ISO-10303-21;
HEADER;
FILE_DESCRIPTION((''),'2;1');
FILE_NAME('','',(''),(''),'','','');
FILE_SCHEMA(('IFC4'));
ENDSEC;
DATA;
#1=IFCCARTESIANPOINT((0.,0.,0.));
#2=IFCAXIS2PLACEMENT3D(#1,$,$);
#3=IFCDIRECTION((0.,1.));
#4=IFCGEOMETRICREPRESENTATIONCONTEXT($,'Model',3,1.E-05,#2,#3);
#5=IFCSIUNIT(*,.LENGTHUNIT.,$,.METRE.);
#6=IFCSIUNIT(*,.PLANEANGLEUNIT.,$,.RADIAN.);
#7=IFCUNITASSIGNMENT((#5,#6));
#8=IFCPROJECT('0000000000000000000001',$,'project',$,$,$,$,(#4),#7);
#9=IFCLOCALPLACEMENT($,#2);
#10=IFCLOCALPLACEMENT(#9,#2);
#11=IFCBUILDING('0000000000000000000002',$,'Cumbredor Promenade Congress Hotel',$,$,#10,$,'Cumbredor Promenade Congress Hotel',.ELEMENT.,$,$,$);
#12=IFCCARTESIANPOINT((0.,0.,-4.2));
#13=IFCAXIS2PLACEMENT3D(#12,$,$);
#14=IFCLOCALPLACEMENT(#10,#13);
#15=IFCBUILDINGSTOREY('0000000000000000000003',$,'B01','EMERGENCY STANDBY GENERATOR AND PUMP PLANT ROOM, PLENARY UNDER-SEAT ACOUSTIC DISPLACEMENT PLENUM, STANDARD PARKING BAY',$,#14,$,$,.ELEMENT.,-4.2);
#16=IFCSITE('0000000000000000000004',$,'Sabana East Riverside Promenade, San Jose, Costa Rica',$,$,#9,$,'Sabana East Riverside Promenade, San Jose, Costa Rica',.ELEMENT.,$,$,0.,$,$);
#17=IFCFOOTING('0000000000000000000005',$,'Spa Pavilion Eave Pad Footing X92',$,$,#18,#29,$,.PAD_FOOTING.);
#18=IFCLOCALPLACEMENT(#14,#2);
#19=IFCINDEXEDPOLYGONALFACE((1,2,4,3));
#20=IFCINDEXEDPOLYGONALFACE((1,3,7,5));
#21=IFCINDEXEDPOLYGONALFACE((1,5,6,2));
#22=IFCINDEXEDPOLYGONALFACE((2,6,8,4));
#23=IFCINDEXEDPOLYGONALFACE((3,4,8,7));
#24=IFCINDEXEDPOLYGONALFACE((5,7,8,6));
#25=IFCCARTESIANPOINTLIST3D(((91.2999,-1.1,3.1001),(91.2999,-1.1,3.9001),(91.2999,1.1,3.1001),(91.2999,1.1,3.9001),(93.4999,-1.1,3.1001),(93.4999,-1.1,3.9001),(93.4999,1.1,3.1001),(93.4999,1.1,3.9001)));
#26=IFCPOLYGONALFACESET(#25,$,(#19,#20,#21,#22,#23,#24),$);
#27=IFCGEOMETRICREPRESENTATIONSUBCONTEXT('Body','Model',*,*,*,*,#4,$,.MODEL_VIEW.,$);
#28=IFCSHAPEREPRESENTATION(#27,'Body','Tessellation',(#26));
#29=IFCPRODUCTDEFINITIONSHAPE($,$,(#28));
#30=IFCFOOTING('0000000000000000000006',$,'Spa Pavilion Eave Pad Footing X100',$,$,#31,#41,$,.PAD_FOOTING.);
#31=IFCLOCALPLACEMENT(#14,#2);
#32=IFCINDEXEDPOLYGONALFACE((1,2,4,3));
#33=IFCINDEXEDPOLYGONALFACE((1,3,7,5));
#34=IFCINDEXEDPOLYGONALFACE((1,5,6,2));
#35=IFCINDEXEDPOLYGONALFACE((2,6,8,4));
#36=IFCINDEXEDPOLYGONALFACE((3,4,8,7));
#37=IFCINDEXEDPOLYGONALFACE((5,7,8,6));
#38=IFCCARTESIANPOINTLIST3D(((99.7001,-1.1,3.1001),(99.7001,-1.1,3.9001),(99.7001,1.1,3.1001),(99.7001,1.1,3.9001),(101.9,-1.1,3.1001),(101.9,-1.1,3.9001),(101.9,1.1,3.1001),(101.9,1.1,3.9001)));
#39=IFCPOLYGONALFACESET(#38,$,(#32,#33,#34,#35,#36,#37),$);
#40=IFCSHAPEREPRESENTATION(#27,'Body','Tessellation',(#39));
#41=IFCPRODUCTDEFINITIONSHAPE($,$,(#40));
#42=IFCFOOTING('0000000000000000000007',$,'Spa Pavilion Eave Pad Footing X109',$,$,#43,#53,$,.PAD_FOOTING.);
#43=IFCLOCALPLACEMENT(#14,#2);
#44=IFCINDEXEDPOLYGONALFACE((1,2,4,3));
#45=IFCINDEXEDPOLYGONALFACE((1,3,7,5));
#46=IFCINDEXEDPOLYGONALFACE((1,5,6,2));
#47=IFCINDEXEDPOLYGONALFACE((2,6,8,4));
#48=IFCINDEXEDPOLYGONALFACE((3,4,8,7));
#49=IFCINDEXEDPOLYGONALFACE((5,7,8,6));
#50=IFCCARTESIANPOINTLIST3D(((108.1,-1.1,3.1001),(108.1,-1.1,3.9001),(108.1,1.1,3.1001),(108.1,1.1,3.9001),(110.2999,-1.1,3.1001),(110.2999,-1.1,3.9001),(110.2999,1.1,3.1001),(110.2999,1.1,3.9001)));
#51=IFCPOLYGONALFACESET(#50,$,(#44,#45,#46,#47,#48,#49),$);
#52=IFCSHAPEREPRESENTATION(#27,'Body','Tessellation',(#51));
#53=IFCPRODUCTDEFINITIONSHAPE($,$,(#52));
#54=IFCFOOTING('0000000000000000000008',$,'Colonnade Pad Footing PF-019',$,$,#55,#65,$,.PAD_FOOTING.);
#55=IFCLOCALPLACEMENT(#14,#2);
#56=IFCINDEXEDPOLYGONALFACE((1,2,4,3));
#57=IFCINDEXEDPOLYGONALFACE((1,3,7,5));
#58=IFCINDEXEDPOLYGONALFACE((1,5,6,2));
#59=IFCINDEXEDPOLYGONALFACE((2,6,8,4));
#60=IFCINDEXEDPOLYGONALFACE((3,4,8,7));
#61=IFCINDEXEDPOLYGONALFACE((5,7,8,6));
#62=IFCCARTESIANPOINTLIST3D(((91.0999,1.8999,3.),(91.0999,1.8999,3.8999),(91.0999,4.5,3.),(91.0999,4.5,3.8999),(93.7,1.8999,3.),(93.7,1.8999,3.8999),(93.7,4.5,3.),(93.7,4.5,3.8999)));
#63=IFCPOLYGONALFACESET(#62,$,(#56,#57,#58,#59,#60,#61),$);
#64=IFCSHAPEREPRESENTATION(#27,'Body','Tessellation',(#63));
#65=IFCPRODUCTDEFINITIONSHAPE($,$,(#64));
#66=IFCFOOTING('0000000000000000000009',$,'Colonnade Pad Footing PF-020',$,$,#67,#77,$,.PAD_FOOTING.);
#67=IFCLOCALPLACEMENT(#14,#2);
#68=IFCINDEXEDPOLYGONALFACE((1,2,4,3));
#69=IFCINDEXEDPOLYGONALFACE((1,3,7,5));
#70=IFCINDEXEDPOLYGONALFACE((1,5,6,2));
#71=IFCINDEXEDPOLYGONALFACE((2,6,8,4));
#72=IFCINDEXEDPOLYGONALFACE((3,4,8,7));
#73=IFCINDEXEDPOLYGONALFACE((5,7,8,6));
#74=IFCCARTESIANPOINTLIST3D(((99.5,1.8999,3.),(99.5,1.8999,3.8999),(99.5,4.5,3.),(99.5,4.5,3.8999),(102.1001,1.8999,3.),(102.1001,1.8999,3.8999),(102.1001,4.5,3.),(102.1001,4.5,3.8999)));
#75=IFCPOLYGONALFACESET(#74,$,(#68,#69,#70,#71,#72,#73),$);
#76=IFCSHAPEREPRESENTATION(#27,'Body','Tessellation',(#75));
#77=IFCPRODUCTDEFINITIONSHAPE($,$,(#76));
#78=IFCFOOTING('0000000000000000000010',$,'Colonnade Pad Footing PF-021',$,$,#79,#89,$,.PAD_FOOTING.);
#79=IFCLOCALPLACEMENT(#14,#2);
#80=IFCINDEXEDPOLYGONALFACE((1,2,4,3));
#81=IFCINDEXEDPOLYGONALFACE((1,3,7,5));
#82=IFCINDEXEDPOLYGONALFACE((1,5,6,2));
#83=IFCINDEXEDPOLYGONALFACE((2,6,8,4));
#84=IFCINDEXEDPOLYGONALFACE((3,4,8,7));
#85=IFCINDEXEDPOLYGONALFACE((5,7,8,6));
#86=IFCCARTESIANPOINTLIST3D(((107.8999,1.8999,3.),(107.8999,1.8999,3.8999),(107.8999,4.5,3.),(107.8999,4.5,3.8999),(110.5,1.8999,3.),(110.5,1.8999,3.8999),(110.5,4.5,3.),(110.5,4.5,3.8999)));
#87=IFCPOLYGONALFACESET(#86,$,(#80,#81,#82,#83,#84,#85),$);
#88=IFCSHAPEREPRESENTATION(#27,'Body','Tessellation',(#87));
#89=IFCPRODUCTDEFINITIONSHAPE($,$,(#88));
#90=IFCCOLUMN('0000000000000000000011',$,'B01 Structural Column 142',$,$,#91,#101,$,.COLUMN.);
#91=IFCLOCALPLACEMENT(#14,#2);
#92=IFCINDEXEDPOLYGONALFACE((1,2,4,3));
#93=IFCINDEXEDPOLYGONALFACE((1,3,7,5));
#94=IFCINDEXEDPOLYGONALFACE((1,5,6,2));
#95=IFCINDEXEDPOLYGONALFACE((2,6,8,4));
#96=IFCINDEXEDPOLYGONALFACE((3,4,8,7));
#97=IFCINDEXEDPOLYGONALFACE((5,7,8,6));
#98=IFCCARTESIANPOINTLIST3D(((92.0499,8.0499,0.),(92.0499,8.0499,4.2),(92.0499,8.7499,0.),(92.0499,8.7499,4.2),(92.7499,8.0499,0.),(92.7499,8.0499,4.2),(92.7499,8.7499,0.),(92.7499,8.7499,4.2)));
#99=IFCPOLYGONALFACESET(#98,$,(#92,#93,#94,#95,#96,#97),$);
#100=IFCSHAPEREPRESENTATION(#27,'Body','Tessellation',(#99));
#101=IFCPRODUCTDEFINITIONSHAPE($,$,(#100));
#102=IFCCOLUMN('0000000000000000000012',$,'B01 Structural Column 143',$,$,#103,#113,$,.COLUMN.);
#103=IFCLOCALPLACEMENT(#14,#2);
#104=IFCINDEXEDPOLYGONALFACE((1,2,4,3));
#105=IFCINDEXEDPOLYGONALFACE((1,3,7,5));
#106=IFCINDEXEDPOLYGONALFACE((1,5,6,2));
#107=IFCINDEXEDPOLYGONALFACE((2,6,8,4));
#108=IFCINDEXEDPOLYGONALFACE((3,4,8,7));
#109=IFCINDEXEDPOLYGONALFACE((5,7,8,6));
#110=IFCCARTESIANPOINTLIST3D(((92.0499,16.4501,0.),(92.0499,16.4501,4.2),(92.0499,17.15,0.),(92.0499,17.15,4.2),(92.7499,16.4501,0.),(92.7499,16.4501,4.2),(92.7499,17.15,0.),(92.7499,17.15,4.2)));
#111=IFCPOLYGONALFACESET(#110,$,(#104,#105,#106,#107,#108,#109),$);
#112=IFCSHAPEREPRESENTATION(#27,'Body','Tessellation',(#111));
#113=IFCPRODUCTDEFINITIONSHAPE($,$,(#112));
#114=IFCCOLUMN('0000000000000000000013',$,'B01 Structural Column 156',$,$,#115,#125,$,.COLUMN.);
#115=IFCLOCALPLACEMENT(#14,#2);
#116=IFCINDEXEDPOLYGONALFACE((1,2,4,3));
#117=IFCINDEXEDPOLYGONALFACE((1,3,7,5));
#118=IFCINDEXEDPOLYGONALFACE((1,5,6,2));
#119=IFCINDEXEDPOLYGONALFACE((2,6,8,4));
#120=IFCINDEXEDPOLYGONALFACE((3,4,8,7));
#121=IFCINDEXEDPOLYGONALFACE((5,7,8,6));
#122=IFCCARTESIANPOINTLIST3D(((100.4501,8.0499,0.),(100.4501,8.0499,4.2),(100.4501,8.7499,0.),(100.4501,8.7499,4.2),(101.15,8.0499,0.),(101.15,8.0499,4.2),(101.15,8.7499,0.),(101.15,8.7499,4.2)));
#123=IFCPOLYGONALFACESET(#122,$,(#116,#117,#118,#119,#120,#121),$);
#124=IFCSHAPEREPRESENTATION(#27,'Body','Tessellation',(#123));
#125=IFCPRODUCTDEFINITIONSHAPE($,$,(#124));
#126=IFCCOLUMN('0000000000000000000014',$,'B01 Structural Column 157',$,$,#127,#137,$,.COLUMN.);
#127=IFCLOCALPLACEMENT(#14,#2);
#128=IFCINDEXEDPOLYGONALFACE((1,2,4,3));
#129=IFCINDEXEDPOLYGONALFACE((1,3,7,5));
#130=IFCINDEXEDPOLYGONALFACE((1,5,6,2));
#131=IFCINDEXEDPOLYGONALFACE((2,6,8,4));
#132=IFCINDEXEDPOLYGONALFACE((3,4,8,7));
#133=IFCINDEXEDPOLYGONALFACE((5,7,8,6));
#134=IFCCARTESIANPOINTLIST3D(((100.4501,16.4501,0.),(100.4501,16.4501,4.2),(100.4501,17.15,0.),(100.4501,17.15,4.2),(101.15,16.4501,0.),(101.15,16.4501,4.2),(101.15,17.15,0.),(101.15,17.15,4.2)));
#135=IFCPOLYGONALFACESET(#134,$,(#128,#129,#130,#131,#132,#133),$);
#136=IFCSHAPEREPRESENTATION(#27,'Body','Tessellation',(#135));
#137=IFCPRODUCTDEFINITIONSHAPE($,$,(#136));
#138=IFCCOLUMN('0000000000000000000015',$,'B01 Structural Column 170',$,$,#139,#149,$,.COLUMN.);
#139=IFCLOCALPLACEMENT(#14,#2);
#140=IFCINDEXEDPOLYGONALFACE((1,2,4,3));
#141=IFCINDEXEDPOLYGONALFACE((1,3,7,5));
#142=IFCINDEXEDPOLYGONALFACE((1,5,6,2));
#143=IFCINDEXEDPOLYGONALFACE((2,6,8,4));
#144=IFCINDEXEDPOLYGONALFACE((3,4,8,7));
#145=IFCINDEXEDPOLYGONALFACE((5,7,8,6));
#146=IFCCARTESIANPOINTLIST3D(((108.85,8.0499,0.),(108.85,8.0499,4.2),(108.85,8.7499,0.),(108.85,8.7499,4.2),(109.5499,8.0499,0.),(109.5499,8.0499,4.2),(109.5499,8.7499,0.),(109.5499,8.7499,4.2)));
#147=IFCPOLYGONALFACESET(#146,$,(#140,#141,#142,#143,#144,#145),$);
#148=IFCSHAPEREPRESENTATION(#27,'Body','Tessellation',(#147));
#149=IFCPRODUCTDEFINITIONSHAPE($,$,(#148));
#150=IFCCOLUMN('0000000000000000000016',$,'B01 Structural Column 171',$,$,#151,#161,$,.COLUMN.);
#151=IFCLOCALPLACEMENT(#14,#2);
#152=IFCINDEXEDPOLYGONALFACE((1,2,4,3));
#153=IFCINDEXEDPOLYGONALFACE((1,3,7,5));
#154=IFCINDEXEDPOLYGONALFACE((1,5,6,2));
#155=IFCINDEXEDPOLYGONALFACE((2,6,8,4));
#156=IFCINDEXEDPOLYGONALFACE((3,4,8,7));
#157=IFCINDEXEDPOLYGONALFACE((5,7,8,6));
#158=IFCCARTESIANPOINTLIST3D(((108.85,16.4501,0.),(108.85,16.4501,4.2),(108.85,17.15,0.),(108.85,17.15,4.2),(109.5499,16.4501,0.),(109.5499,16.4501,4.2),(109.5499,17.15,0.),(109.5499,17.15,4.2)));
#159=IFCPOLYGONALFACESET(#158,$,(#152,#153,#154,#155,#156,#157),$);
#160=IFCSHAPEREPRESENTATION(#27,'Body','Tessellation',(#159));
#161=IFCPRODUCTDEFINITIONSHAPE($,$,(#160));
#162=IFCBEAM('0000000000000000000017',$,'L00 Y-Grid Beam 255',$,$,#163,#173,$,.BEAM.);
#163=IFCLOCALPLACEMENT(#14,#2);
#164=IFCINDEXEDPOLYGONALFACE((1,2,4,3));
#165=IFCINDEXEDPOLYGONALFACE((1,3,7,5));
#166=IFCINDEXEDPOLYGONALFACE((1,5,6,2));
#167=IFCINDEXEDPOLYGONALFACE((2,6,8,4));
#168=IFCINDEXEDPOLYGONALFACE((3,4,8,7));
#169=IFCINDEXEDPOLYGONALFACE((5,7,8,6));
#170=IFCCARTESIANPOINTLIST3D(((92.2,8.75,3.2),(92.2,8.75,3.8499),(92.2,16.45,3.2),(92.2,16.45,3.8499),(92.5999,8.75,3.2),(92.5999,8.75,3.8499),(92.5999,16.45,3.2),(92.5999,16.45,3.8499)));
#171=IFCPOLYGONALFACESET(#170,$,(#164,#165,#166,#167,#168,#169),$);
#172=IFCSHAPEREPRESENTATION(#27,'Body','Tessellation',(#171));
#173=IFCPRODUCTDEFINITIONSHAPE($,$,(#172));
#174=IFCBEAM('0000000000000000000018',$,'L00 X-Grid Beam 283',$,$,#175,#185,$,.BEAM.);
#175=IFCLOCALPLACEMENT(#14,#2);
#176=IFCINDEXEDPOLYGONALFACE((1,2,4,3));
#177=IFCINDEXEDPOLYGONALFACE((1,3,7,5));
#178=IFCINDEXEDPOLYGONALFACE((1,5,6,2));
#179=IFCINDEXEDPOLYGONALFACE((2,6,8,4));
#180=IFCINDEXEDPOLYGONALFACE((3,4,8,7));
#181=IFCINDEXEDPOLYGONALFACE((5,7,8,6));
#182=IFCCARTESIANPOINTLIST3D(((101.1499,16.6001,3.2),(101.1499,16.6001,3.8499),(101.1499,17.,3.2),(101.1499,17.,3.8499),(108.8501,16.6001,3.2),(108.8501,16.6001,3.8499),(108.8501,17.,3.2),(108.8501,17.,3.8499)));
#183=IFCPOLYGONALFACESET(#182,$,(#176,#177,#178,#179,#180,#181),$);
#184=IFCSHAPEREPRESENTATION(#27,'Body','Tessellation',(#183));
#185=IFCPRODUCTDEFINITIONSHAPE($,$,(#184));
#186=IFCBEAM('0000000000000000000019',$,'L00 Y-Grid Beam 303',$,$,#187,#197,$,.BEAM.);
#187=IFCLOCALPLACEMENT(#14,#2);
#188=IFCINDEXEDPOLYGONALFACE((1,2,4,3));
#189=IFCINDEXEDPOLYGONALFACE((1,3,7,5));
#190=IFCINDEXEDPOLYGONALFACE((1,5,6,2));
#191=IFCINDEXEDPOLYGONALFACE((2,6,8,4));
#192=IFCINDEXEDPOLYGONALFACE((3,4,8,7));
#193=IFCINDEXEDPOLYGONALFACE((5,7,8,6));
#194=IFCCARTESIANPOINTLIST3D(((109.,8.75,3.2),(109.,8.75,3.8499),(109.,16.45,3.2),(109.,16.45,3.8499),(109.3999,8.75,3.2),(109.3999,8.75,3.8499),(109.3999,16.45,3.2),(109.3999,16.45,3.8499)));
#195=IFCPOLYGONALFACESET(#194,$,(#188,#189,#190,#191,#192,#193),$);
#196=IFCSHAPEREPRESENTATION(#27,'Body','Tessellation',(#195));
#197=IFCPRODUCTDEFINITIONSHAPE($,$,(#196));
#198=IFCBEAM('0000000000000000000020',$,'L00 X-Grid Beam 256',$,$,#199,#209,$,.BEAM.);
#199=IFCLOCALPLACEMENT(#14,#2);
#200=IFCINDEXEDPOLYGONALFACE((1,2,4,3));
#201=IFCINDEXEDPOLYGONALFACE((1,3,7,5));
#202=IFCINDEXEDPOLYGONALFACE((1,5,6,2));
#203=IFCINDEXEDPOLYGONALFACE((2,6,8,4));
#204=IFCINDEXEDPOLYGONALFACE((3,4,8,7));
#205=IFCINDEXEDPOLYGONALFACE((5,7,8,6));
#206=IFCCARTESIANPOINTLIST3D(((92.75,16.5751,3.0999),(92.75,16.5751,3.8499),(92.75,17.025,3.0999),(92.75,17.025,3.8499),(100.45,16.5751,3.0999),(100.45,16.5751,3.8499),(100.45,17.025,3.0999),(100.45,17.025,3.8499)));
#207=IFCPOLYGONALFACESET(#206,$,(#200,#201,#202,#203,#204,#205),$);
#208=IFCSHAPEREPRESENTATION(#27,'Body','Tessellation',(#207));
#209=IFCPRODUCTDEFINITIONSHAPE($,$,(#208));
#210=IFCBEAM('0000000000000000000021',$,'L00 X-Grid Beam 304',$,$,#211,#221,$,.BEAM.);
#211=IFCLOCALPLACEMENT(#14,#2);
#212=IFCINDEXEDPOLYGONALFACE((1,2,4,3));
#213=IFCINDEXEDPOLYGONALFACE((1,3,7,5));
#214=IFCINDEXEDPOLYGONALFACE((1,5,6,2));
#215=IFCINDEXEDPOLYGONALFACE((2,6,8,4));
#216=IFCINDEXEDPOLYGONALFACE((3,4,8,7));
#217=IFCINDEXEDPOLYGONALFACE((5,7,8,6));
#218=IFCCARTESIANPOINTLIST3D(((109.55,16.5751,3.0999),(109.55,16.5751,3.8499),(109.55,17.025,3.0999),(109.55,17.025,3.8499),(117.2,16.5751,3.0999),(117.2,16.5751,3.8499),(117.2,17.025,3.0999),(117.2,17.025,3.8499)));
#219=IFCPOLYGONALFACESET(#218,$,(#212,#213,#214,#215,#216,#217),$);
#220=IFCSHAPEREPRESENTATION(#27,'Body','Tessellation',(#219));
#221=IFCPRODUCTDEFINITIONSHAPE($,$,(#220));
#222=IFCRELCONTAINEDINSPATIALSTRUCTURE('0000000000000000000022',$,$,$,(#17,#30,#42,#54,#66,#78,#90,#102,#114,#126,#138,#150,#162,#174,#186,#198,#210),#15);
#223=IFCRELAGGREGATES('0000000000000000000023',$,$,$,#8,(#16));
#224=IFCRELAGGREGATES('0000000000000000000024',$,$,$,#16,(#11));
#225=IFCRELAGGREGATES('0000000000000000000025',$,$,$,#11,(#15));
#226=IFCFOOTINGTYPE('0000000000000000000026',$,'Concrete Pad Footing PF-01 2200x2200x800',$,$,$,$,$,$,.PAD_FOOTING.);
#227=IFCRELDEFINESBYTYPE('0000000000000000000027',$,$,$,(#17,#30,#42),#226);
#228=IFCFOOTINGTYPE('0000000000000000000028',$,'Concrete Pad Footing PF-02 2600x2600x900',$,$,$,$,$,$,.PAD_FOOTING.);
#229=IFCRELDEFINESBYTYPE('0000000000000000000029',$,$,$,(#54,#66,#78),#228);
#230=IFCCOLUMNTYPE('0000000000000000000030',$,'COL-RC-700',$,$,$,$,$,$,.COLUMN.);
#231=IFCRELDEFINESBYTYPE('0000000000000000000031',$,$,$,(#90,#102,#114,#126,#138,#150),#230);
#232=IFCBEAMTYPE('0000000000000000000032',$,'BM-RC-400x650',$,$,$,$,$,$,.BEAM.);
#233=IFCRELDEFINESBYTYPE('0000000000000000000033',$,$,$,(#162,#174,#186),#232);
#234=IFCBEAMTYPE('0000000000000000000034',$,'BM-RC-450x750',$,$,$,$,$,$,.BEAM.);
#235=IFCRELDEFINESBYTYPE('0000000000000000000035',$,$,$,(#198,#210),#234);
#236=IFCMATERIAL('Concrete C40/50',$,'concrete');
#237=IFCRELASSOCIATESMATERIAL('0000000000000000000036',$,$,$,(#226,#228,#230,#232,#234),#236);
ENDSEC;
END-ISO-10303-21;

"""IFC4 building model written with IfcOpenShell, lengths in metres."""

from ifc_helpers import new_model, si_unit, direction, frame, origin, origin_2d, place, context, subcontext, project, spatial, rectangle, extrude, material, material_profile, profile_set, type_object, element, save


model = new_model("IFC4")

# Units and contexts
model_context = context("Model", 3, precision=1e-05, world=origin(), true_north=direction((0.0, 1.0)))
body_context = subcontext(model_context, "Body", "Model", "MODEL_VIEW")
ifc_project = project(units=[si_unit("LENGTHUNIT", "METRE"), si_unit("PLANEANGLEUNIT", "RADIAN")], contexts=[model_context])

# Site, building, storey
site_placement = place(None, origin())
site = spatial("IfcSite", under=ifc_project, at=site_placement, Name="Sabana East Riverside Promenade, San Jose, Costa Rica", LongName="Sabana East Riverside Promenade, San Jose, Costa Rica", CompositionType="ELEMENT", RefElevation=0.0)
building_placement = place(site_placement, origin())
building = spatial("IfcBuilding", under=site, at=building_placement, Name="Cumbredor Promenade Congress Hotel", LongName="Cumbredor Promenade Congress Hotel", CompositionType="ELEMENT")
storey_placement = place(building_placement, frame((0.0, 0.0, -4.2)))
storey = spatial("IfcBuildingStorey", under=building, at=storey_placement, Name="B01", Description="EMERGENCY STANDBY GENERATOR AND PUMP PLANT ROOM, PLENARY UNDER-SEAT ACOUSTIC DISPLACEMENT PLENUM, STANDARD PARKING BAY", CompositionType="ELEMENT", Elevation=-4.2)

# Footings
ifc_material_1 = material(Name="Concrete C40/50", Category="concrete")
footing_type_1 = type_object("IfcFootingType", Name="Concrete Pad Footing PF-01 2200x2200x800", PredefinedType="PAD_FOOTING", material=ifc_material_1)
for number, where, z_axis, x_axis, name in (
    (1, (92.3999, 0.0, 3.1001), (0.0, 0.0, 1.0), (1.0, 0.0, 0.0), "Spa Pavilion Eave Pad Footing X92"),
    (2, (100.8, 0.0, 3.1001), (0.0, 0.0, 1.0), (1.0, 0.0, 0.0), "Spa Pavilion Eave Pad Footing X100"),
    (3, (109.2, 0.0, 3.1001), (0.0, 0.0, 1.0), (1.0, 0.0, 0.0), "Spa Pavilion Eave Pad Footing X109"),
):
    element("IfcFooting", number, at=place(storey_placement, frame(where, z_axis=z_axis, x_axis=x_axis)), inside=storey, type_object=footing_type_1, Name=name, PredefinedType="PAD_FOOTING", context=body_context, shape_type="SweptSolid", body=[
        extrude(rectangle(XDim=2.2, YDim=2.2, at=origin_2d()), origin(), (0.0, 0.0, 1.0), 0.8),
    ])
footing_type_2 = type_object("IfcFootingType", Name="Concrete Pad Footing PF-02 2600x2600x900", PredefinedType="PAD_FOOTING", material=ifc_material_1)
for number, where, z_axis, x_axis, name in (
    (4, (92.3999, 3.2, 3.0), (0.0, 0.0, 1.0), (1.0, 0.0, 0.0), "Colonnade Pad Footing PF-019"),
    (5, (100.8, 3.2, 3.0), (0.0, 0.0, 1.0), (1.0, 0.0, 0.0), "Colonnade Pad Footing PF-020"),
    (6, (109.2, 3.2, 3.0), (0.0, 0.0, 1.0), (1.0, 0.0, 0.0), "Colonnade Pad Footing PF-021"),
):
    element("IfcFooting", number, at=place(storey_placement, frame(where, z_axis=z_axis, x_axis=x_axis)), inside=storey, type_object=footing_type_2, Name=name, PredefinedType="PAD_FOOTING", context=body_context, shape_type="SweptSolid", body=[
        extrude(rectangle(XDim=2.6001, YDim=2.6001, at=origin_2d()), origin(), (0.0, 0.0, 1.0), 0.8999),
    ])

# Columns
ifc_material_profile_1 = material_profile(ifc_material_1, rectangle(XDim=0.7, YDim=0.7, at=origin_2d()), Name="RC 700x700")
ifc_profile_set_1 = profile_set([ifc_material_profile_1], Name="Concrete C40/50")
column_type = type_object("IfcColumnType", Name="COL-RC-700", PredefinedType="COLUMN", material=ifc_profile_set_1)
for number, where, z_axis, x_axis, name in (
    (7, (92.3999, 8.3999, 0.0), (0.0, 0.0, 1.0), (1.0, 0.0, 0.0), "B01 Structural Column 142"),
    (8, (92.3999, 16.8, 0.0), (0.0, 0.0, 1.0), (1.0, 0.0, 0.0), "B01 Structural Column 143"),
    (9, (100.8, 8.3999, 0.0), (0.0, 0.0, 1.0), (1.0, 0.0, 0.0), "B01 Structural Column 156"),
    (10, (100.8, 16.8, 0.0), (0.0, 0.0, 1.0), (1.0, 0.0, 0.0), "B01 Structural Column 157"),
    (11, (109.2, 8.3999, 0.0), (0.0, 0.0, 1.0), (1.0, 0.0, 0.0), "B01 Structural Column 170"),
    (12, (109.2, 16.8, 0.0), (0.0, 0.0, 1.0), (1.0, 0.0, 0.0), "B01 Structural Column 171"),
):
    element("IfcColumn", number, at=place(storey_placement, frame(where, z_axis=z_axis, x_axis=x_axis)), inside=storey, type_object=column_type, Name=name, PredefinedType="COLUMN", context=body_context, shape_type="SweptSolid", body=[
        extrude(rectangle(XDim=0.7, YDim=0.7, at=origin_2d()), origin(), (0.0, 0.0, 1.0), 4.2),
    ])

# Beams
ifc_material_profile_2 = material_profile(ifc_material_1, rectangle(XDim=0.3999, YDim=0.6499, at=origin_2d()), Name="RC BEAM 400x650")
ifc_profile_set_2 = profile_set([ifc_material_profile_2], Name="Concrete C40/50")
beam_type_1 = type_object("IfcBeamType", Name="BM-RC-400x650", PredefinedType="BEAM", material=ifc_profile_set_2)
beam_1_placement = place(storey_placement, frame((92.3999, 8.75, 3.5249), z_axis=(0.0, 1.0, 0.0), x_axis=(-1.0, 0.0, 0.0)))
element("IfcBeam", 13, at=beam_1_placement, inside=storey, type_object=beam_type_1, Name="L00 Y-Grid Beam 255", PredefinedType="BEAM", context=body_context, shape_type="SweptSolid", body=[
    extrude(rectangle(XDim=0.3999, YDim=0.6499, at=origin_2d()), origin(), (0.0, 0.0, 1.0), 7.7),
])
beam_2_placement = place(storey_placement, frame((101.1499, 16.8, 3.5249), z_axis=(1.0, 0.0, 0.0), x_axis=(0.0, 1.0, 0.0)))
element("IfcBeam", 14, at=beam_2_placement, inside=storey, type_object=beam_type_1, Name="L00 X-Grid Beam 283", PredefinedType="BEAM", context=body_context, shape_type="SweptSolid", body=[
    extrude(rectangle(XDim=0.3999, YDim=0.6499, at=origin_2d()), origin(), (0.0, 0.0, 1.0), 7.7002),
])
beam_3_placement = place(storey_placement, frame((109.2, 8.75, 3.5249), z_axis=(0.0, 1.0, 0.0), x_axis=(-1.0, 0.0, 0.0)))
element("IfcBeam", 15, at=beam_3_placement, inside=storey, type_object=beam_type_1, Name="L00 Y-Grid Beam 303", PredefinedType="BEAM", context=body_context, shape_type="SweptSolid", body=[
    extrude(rectangle(XDim=0.3999, YDim=0.6499, at=origin_2d()), origin(), (0.0, 0.0, 1.0), 7.7),
])
ifc_material_profile_3 = material_profile(ifc_material_1, rectangle(XDim=0.45, YDim=0.75, at=origin_2d()), Name="RC BEAM 450x750")
ifc_profile_set_3 = profile_set([ifc_material_profile_3], Name="Concrete C40/50")
beam_type_2 = type_object("IfcBeamType", Name="BM-RC-450x750", PredefinedType="BEAM", material=ifc_profile_set_3)
beam_4_placement = place(storey_placement, frame((92.75, 16.8, 3.4749), z_axis=(1.0, 0.0, 0.0), x_axis=(0.0, 1.0, 0.0)))
element("IfcBeam", 16, at=beam_4_placement, inside=storey, type_object=beam_type_2, Name="L00 X-Grid Beam 256", PredefinedType="BEAM", context=body_context, shape_type="SweptSolid", body=[
    extrude(rectangle(XDim=0.45, YDim=0.75, at=origin_2d()), origin(), (0.0, 0.0, 1.0), 7.7),
])
beam_5_placement = place(storey_placement, frame((109.55, 16.8, 3.4749), z_axis=(1.0, 0.0, 0.0), x_axis=(0.0, 1.0, 0.0)))
element("IfcBeam", 17, at=beam_5_placement, inside=storey, type_object=beam_type_2, Name="L00 X-Grid Beam 304", PredefinedType="BEAM", context=body_context, shape_type="SweptSolid", body=[
    extrude(rectangle(XDim=0.45, YDim=0.75, at=origin_2d()), origin(), (0.0, 0.0, 1.0), 7.6499),
])

save(model, "model.ifc")
